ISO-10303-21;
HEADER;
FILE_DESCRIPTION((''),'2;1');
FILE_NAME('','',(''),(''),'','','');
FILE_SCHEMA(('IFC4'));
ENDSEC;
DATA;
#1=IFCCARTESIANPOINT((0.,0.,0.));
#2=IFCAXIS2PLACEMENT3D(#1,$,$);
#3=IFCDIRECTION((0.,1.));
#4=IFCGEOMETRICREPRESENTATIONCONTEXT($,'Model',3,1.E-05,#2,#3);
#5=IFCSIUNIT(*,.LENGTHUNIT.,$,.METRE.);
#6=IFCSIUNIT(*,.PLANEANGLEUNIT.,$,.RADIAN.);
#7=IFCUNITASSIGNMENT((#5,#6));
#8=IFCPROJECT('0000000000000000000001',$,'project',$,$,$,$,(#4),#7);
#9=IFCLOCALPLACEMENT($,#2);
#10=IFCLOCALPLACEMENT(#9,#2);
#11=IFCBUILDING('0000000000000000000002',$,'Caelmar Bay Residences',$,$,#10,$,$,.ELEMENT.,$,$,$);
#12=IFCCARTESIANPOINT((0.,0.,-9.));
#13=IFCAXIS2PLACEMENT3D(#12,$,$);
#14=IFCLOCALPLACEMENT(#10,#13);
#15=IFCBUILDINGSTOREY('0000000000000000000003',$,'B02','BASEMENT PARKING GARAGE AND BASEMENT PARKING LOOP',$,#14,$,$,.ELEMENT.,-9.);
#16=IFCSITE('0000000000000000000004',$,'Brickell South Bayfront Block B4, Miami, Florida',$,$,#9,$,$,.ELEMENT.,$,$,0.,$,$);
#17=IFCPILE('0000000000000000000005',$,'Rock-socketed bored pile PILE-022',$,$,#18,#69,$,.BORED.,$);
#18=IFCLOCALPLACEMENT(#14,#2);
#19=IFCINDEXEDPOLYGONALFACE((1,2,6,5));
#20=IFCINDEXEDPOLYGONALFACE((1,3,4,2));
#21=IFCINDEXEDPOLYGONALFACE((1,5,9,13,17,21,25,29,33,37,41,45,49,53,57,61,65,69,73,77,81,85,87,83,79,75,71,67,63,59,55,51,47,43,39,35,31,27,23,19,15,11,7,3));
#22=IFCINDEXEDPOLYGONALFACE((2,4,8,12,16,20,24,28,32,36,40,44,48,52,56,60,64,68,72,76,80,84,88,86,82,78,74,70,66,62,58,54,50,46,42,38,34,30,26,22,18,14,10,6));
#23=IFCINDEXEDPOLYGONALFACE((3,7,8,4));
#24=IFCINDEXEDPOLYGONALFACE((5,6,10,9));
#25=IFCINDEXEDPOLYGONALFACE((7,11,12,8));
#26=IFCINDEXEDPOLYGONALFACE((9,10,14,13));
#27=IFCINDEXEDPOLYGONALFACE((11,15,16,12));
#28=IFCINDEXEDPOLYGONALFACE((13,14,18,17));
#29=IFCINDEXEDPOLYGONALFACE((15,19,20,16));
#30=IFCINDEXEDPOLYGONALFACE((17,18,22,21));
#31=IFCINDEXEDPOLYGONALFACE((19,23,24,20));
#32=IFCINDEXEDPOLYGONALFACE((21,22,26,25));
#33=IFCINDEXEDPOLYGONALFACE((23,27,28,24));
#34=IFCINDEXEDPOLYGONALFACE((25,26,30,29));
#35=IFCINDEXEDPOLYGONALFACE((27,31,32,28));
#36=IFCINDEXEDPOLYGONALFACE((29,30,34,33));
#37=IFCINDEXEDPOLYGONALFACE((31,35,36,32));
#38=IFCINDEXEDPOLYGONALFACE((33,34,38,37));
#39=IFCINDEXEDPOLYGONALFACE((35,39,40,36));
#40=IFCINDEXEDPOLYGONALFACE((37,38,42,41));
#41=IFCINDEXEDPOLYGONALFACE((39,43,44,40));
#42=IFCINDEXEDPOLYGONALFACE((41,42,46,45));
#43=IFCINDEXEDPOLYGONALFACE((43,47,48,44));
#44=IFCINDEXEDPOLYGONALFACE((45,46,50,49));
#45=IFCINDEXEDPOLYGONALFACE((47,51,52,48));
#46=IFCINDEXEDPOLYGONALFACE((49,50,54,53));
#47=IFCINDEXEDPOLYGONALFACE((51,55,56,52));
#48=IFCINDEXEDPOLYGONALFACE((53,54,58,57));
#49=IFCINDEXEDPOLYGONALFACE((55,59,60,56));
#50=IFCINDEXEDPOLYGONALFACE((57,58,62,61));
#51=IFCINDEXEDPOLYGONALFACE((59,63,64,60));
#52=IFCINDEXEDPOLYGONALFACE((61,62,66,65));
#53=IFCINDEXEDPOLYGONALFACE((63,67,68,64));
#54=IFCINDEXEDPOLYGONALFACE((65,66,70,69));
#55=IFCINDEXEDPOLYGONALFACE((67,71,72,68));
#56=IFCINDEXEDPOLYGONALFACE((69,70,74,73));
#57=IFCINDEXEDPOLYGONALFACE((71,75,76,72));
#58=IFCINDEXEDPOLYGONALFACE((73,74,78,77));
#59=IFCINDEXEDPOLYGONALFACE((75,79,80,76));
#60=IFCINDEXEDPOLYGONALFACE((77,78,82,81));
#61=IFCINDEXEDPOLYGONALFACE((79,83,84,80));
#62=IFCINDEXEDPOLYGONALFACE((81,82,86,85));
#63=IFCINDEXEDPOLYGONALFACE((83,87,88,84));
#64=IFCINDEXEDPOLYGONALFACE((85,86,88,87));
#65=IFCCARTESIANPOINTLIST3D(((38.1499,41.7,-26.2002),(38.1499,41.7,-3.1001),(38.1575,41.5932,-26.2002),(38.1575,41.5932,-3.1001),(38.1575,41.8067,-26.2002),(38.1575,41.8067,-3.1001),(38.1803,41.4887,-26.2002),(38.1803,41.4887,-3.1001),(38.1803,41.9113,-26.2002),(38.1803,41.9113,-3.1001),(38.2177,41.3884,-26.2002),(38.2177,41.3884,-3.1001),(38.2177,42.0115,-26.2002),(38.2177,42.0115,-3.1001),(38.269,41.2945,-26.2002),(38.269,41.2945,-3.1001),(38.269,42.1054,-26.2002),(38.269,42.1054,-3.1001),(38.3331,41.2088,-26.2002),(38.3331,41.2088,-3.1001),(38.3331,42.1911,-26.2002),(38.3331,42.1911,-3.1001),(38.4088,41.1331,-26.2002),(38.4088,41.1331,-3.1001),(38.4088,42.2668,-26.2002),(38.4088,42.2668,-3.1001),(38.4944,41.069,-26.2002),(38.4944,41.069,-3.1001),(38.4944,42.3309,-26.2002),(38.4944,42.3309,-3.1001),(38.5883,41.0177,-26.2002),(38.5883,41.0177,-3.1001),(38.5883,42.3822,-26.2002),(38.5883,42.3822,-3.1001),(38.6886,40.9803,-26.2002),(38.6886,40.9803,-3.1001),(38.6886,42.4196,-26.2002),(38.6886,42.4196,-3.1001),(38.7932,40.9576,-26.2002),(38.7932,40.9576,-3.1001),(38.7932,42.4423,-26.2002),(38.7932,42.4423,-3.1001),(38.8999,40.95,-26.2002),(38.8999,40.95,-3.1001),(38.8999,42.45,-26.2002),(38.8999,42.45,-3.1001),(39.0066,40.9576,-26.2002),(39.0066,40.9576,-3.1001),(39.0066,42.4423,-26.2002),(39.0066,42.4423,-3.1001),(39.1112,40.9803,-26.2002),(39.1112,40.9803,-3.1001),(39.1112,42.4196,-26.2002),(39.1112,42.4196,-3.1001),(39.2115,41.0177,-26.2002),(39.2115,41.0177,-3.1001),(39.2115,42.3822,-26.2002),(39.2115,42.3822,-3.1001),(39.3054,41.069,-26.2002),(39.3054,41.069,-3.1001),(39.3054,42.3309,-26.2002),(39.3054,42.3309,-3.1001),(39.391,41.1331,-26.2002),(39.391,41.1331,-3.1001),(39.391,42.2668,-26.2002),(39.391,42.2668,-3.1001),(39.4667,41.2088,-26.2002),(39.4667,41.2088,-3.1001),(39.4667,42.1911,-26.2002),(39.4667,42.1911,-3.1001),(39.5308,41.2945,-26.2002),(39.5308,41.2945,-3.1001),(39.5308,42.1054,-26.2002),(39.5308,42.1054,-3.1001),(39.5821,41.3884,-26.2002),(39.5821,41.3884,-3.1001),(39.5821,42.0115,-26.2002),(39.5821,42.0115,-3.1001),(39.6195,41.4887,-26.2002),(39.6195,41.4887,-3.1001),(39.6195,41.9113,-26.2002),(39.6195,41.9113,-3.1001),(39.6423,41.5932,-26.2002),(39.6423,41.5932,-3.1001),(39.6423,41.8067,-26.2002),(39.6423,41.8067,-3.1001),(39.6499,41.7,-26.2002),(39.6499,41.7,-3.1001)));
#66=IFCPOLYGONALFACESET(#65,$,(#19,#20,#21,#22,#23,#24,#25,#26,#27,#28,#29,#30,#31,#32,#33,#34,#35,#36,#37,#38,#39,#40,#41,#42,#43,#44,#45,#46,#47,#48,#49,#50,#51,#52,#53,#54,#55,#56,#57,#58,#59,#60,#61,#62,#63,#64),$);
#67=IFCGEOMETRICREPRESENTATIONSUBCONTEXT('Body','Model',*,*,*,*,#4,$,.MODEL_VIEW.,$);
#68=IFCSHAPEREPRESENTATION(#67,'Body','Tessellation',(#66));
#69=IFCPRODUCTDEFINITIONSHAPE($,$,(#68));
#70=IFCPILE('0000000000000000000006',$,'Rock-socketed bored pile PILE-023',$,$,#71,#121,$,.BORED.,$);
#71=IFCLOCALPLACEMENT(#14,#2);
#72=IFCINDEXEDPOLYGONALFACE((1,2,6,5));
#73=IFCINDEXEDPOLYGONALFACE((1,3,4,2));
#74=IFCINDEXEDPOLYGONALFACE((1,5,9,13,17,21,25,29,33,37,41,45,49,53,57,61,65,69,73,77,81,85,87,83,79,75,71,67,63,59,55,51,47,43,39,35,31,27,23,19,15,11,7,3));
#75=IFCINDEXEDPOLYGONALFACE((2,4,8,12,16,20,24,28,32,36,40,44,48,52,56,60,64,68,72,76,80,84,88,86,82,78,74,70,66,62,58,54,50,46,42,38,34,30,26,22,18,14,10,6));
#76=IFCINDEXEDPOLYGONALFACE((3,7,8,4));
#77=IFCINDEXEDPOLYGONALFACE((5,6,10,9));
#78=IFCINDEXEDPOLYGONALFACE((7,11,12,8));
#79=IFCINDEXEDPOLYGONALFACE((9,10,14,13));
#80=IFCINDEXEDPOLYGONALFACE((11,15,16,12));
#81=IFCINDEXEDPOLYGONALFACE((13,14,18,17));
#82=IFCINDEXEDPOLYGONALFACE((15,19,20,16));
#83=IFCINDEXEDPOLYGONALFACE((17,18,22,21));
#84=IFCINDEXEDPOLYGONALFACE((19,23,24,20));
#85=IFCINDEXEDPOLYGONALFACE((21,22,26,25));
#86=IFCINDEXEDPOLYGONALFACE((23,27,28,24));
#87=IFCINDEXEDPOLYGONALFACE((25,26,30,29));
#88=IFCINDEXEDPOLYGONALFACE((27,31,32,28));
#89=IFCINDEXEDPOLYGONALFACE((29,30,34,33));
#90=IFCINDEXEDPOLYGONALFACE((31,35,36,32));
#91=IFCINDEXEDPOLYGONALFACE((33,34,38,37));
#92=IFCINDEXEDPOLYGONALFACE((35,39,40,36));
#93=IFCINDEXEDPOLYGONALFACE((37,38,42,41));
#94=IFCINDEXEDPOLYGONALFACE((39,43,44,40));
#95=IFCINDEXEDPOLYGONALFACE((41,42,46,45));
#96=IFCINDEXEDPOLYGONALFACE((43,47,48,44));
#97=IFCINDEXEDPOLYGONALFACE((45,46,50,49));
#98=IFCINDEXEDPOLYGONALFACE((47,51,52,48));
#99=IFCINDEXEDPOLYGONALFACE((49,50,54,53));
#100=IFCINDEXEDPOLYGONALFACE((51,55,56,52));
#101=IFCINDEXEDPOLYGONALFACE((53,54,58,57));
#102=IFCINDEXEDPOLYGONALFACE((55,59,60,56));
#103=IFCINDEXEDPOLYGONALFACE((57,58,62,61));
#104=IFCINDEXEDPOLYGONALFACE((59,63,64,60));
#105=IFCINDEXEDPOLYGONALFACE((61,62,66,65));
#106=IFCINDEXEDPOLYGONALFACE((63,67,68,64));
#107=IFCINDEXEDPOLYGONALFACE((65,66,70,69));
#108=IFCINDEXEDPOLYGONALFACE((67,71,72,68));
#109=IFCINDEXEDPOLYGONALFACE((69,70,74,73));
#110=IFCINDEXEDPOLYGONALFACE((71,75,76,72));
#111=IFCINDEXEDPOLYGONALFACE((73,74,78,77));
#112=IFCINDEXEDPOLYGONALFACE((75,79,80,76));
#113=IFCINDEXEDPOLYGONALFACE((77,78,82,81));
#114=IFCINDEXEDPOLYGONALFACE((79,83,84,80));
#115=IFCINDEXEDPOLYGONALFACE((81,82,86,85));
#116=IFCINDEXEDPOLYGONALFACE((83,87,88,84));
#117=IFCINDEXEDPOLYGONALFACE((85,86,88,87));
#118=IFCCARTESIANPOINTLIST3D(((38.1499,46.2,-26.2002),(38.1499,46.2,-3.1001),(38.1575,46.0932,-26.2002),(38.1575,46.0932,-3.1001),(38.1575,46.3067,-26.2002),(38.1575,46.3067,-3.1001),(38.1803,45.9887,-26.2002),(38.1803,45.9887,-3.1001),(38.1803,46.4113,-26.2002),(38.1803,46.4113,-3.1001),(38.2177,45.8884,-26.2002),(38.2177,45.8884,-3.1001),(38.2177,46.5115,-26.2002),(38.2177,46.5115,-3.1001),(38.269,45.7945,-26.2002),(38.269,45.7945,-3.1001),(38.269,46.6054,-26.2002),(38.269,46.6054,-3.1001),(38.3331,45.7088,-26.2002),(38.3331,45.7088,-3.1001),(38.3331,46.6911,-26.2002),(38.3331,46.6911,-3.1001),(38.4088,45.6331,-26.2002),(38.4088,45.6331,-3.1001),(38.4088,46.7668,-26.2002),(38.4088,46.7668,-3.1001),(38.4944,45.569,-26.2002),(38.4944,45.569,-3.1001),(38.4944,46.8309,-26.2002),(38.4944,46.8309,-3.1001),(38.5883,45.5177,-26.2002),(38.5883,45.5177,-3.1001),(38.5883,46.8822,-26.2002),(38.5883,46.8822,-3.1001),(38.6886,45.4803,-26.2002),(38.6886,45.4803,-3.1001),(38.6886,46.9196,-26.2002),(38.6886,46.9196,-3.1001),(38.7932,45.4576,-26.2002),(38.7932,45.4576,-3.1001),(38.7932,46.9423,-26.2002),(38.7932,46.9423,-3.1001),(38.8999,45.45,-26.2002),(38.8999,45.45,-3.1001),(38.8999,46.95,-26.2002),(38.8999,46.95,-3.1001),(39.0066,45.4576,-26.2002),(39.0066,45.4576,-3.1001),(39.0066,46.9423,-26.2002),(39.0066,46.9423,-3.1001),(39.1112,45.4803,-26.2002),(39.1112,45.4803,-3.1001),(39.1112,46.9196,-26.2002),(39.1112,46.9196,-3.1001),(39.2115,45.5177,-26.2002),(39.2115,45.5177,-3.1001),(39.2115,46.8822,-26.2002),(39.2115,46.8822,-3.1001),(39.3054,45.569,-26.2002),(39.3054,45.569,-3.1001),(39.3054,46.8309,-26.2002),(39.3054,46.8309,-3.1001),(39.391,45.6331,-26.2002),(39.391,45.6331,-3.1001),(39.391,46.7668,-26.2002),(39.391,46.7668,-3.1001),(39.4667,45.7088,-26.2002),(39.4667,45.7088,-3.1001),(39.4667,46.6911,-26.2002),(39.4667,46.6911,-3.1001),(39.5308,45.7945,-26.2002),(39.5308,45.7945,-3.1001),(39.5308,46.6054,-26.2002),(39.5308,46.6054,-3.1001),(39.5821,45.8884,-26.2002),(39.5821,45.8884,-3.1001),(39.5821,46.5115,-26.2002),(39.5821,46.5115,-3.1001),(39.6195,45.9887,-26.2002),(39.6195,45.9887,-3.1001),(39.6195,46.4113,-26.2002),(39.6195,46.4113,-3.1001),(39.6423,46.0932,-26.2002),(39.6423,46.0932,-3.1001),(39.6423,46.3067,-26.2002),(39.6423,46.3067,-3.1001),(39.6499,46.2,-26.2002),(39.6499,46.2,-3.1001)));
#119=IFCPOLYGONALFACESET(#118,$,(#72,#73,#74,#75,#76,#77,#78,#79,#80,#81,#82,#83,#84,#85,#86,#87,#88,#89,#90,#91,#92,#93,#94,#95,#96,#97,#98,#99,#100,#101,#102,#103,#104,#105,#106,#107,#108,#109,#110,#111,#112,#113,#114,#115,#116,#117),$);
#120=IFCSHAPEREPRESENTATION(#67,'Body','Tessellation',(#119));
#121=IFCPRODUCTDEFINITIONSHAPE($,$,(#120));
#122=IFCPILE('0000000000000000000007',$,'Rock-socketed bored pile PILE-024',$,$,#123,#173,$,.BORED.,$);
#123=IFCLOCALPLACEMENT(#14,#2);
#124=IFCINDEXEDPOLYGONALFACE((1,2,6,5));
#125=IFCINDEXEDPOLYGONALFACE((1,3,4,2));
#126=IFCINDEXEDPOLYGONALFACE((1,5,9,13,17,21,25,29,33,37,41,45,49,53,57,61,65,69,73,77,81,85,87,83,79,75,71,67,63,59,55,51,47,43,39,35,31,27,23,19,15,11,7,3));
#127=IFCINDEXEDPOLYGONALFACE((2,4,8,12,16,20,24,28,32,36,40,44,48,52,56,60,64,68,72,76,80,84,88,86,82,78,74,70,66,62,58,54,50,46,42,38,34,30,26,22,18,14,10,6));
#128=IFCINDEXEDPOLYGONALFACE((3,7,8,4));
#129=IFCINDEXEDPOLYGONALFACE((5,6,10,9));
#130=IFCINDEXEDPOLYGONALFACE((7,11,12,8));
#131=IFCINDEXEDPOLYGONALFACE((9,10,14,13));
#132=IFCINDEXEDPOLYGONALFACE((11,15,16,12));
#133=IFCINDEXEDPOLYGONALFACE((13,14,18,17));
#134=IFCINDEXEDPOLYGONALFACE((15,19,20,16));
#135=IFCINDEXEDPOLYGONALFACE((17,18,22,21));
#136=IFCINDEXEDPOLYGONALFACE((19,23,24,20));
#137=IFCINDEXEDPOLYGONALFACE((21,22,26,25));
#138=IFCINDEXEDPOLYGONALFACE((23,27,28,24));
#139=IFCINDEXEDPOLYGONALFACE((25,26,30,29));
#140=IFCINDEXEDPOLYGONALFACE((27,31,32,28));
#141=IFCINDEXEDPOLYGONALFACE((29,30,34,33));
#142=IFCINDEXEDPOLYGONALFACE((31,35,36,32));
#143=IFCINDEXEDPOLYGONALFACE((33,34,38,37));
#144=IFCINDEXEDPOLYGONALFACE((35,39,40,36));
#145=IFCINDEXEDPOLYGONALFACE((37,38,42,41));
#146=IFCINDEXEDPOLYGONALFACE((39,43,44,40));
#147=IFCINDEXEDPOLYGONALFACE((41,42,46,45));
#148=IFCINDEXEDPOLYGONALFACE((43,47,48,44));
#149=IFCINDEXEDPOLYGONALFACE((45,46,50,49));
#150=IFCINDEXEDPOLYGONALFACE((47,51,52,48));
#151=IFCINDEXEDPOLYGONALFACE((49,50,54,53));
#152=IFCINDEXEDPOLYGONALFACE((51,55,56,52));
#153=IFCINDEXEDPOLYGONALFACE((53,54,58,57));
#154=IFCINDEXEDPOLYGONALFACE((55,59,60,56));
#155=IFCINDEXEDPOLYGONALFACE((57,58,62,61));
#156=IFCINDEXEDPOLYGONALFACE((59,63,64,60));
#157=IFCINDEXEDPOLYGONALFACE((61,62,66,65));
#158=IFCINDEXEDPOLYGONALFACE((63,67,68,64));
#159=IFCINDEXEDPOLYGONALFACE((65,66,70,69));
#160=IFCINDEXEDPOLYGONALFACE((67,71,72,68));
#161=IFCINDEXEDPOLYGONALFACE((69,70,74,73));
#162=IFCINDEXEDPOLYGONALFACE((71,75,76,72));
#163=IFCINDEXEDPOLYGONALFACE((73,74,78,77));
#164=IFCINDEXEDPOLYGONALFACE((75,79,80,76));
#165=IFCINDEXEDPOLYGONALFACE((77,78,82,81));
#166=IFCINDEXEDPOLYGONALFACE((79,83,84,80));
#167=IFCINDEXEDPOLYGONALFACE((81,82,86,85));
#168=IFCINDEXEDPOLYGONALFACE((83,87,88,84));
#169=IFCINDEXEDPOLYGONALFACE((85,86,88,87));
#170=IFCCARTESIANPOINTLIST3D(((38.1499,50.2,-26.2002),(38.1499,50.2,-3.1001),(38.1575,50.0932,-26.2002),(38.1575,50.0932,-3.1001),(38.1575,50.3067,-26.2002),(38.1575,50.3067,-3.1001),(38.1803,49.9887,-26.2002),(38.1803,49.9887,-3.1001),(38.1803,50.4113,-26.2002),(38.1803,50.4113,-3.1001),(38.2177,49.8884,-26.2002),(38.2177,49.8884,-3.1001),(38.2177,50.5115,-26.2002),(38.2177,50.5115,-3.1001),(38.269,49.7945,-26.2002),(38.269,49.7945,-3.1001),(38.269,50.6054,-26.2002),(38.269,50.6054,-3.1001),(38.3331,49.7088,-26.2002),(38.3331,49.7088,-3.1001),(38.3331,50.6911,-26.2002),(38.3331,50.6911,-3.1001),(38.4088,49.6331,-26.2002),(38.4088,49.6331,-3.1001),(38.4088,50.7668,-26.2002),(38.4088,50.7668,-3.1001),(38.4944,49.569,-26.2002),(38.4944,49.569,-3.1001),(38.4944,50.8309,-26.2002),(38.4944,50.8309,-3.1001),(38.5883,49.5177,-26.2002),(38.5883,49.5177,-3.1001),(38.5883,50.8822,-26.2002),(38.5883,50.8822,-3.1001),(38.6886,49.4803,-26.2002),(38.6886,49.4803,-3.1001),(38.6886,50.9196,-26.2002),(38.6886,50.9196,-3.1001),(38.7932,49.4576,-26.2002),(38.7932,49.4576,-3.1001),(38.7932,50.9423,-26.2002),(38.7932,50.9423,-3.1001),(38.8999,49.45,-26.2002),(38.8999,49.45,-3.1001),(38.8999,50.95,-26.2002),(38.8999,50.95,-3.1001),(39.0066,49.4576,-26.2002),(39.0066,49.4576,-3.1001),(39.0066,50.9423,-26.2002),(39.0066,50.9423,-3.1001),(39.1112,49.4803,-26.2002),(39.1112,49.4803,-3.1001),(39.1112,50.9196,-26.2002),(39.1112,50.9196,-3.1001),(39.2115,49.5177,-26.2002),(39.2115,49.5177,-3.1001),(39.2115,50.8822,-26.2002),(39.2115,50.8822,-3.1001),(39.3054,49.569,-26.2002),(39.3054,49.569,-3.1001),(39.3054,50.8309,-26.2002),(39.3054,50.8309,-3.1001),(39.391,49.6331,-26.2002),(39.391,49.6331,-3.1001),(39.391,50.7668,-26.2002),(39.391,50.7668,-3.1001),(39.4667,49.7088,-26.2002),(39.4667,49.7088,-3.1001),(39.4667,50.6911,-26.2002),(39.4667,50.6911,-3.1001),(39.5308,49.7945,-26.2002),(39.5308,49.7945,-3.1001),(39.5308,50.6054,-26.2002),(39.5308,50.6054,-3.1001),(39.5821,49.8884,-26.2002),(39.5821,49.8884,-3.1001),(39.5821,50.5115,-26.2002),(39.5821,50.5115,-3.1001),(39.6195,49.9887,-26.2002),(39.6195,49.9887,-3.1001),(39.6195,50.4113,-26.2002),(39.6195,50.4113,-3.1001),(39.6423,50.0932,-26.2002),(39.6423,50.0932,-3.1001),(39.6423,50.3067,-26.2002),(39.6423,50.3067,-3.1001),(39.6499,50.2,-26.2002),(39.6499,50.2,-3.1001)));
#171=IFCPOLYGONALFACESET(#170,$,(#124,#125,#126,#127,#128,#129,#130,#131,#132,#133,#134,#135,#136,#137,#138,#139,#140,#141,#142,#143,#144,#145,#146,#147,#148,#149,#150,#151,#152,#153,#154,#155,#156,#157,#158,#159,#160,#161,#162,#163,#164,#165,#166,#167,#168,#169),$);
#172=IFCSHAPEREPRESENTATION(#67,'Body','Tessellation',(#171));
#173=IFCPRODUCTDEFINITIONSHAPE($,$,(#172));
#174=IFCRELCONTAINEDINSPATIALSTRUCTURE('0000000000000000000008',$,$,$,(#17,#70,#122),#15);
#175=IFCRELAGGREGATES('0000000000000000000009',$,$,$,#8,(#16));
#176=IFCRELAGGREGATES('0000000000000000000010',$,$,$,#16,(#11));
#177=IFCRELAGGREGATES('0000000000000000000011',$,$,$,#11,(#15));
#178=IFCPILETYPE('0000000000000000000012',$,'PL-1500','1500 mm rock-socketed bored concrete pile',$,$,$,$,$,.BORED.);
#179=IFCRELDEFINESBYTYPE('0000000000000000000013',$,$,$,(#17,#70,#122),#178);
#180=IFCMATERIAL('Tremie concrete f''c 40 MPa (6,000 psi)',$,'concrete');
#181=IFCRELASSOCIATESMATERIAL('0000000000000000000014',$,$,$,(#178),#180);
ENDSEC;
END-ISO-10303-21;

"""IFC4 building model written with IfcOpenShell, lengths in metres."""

from ifc_helpers import new_model, si_unit, direction, frame, origin, origin_2d, place, context, subcontext, project, spatial, circle, extrude, material, material_profile, profile_set, type_object, element, save


model = new_model("IFC4")

# Units and contexts
model_context = context("Model", 3, precision=1e-05, world=origin(), true_north=direction((0.0, 1.0)))
body_context = subcontext(model_context, "Body", "Model", "MODEL_VIEW")
ifc_project = project(units=[si_unit("LENGTHUNIT", "METRE"), si_unit("PLANEANGLEUNIT", "RADIAN")], contexts=[model_context])

# Site, building, storey
site_placement = place(None, origin())
site = spatial("IfcSite", under=ifc_project, at=site_placement, Name="Brickell South Bayfront Block B4, Miami, Florida", CompositionType="ELEMENT", RefElevation=0.0)
building_placement = place(site_placement, origin())
building = spatial("IfcBuilding", under=site, at=building_placement, Name="Caelmar Bay Residences", CompositionType="ELEMENT")
storey_placement = place(building_placement, frame((0.0, 0.0, -9.0)))
storey = spatial("IfcBuildingStorey", under=building, at=storey_placement, Name="B02", Description="BASEMENT PARKING GARAGE AND BASEMENT PARKING LOOP", CompositionType="ELEMENT", Elevation=-9.0)

# Piles
ifc_material_1 = material(Name="Tremie concrete f'c 40 MPa (6,000 psi)", Category="concrete")
ifc_material_profile_1 = material_profile(ifc_material_1, circle(Radius=0.75, at=origin_2d()), Name="PILE-1500D")
ifc_profile_set_1 = profile_set([ifc_material_profile_1], Name="Tremie concrete f'c 40 MPa (6,000 psi)")
pile_type_1 = type_object("IfcPileType", Name="PL-1500", Description="1500 mm rock-socketed bored concrete pile", PredefinedType="BORED", material=ifc_profile_set_1)
for number, where, z_axis, x_axis, name in (
    (1, (38.8999, 41.7, -3.1001), (0.0, 0.0, -1.0), (1.0, 0.0, 0.0), "Rock-socketed bored pile PILE-022"),
    (2, (38.8999, 46.2, -3.1001), (0.0, 0.0, -1.0), (1.0, 0.0, 0.0), "Rock-socketed bored pile PILE-023"),
    (3, (38.8999, 50.2, -3.1001), (0.0, 0.0, -1.0), (1.0, 0.0, 0.0), "Rock-socketed bored pile PILE-024"),
):
    element("IfcPile", number, at=place(storey_placement, frame(where, z_axis=z_axis, x_axis=x_axis)), inside=storey, type_object=pile_type_1, Name=name, PredefinedType="BORED", context=body_context, shape_type="SweptSolid", body=[
        extrude(circle(Radius=0.75, at=origin_2d()), origin(), (0.0, 0.0, 1.0), 23.1001),
    ])

save(model, "model.ifc")
